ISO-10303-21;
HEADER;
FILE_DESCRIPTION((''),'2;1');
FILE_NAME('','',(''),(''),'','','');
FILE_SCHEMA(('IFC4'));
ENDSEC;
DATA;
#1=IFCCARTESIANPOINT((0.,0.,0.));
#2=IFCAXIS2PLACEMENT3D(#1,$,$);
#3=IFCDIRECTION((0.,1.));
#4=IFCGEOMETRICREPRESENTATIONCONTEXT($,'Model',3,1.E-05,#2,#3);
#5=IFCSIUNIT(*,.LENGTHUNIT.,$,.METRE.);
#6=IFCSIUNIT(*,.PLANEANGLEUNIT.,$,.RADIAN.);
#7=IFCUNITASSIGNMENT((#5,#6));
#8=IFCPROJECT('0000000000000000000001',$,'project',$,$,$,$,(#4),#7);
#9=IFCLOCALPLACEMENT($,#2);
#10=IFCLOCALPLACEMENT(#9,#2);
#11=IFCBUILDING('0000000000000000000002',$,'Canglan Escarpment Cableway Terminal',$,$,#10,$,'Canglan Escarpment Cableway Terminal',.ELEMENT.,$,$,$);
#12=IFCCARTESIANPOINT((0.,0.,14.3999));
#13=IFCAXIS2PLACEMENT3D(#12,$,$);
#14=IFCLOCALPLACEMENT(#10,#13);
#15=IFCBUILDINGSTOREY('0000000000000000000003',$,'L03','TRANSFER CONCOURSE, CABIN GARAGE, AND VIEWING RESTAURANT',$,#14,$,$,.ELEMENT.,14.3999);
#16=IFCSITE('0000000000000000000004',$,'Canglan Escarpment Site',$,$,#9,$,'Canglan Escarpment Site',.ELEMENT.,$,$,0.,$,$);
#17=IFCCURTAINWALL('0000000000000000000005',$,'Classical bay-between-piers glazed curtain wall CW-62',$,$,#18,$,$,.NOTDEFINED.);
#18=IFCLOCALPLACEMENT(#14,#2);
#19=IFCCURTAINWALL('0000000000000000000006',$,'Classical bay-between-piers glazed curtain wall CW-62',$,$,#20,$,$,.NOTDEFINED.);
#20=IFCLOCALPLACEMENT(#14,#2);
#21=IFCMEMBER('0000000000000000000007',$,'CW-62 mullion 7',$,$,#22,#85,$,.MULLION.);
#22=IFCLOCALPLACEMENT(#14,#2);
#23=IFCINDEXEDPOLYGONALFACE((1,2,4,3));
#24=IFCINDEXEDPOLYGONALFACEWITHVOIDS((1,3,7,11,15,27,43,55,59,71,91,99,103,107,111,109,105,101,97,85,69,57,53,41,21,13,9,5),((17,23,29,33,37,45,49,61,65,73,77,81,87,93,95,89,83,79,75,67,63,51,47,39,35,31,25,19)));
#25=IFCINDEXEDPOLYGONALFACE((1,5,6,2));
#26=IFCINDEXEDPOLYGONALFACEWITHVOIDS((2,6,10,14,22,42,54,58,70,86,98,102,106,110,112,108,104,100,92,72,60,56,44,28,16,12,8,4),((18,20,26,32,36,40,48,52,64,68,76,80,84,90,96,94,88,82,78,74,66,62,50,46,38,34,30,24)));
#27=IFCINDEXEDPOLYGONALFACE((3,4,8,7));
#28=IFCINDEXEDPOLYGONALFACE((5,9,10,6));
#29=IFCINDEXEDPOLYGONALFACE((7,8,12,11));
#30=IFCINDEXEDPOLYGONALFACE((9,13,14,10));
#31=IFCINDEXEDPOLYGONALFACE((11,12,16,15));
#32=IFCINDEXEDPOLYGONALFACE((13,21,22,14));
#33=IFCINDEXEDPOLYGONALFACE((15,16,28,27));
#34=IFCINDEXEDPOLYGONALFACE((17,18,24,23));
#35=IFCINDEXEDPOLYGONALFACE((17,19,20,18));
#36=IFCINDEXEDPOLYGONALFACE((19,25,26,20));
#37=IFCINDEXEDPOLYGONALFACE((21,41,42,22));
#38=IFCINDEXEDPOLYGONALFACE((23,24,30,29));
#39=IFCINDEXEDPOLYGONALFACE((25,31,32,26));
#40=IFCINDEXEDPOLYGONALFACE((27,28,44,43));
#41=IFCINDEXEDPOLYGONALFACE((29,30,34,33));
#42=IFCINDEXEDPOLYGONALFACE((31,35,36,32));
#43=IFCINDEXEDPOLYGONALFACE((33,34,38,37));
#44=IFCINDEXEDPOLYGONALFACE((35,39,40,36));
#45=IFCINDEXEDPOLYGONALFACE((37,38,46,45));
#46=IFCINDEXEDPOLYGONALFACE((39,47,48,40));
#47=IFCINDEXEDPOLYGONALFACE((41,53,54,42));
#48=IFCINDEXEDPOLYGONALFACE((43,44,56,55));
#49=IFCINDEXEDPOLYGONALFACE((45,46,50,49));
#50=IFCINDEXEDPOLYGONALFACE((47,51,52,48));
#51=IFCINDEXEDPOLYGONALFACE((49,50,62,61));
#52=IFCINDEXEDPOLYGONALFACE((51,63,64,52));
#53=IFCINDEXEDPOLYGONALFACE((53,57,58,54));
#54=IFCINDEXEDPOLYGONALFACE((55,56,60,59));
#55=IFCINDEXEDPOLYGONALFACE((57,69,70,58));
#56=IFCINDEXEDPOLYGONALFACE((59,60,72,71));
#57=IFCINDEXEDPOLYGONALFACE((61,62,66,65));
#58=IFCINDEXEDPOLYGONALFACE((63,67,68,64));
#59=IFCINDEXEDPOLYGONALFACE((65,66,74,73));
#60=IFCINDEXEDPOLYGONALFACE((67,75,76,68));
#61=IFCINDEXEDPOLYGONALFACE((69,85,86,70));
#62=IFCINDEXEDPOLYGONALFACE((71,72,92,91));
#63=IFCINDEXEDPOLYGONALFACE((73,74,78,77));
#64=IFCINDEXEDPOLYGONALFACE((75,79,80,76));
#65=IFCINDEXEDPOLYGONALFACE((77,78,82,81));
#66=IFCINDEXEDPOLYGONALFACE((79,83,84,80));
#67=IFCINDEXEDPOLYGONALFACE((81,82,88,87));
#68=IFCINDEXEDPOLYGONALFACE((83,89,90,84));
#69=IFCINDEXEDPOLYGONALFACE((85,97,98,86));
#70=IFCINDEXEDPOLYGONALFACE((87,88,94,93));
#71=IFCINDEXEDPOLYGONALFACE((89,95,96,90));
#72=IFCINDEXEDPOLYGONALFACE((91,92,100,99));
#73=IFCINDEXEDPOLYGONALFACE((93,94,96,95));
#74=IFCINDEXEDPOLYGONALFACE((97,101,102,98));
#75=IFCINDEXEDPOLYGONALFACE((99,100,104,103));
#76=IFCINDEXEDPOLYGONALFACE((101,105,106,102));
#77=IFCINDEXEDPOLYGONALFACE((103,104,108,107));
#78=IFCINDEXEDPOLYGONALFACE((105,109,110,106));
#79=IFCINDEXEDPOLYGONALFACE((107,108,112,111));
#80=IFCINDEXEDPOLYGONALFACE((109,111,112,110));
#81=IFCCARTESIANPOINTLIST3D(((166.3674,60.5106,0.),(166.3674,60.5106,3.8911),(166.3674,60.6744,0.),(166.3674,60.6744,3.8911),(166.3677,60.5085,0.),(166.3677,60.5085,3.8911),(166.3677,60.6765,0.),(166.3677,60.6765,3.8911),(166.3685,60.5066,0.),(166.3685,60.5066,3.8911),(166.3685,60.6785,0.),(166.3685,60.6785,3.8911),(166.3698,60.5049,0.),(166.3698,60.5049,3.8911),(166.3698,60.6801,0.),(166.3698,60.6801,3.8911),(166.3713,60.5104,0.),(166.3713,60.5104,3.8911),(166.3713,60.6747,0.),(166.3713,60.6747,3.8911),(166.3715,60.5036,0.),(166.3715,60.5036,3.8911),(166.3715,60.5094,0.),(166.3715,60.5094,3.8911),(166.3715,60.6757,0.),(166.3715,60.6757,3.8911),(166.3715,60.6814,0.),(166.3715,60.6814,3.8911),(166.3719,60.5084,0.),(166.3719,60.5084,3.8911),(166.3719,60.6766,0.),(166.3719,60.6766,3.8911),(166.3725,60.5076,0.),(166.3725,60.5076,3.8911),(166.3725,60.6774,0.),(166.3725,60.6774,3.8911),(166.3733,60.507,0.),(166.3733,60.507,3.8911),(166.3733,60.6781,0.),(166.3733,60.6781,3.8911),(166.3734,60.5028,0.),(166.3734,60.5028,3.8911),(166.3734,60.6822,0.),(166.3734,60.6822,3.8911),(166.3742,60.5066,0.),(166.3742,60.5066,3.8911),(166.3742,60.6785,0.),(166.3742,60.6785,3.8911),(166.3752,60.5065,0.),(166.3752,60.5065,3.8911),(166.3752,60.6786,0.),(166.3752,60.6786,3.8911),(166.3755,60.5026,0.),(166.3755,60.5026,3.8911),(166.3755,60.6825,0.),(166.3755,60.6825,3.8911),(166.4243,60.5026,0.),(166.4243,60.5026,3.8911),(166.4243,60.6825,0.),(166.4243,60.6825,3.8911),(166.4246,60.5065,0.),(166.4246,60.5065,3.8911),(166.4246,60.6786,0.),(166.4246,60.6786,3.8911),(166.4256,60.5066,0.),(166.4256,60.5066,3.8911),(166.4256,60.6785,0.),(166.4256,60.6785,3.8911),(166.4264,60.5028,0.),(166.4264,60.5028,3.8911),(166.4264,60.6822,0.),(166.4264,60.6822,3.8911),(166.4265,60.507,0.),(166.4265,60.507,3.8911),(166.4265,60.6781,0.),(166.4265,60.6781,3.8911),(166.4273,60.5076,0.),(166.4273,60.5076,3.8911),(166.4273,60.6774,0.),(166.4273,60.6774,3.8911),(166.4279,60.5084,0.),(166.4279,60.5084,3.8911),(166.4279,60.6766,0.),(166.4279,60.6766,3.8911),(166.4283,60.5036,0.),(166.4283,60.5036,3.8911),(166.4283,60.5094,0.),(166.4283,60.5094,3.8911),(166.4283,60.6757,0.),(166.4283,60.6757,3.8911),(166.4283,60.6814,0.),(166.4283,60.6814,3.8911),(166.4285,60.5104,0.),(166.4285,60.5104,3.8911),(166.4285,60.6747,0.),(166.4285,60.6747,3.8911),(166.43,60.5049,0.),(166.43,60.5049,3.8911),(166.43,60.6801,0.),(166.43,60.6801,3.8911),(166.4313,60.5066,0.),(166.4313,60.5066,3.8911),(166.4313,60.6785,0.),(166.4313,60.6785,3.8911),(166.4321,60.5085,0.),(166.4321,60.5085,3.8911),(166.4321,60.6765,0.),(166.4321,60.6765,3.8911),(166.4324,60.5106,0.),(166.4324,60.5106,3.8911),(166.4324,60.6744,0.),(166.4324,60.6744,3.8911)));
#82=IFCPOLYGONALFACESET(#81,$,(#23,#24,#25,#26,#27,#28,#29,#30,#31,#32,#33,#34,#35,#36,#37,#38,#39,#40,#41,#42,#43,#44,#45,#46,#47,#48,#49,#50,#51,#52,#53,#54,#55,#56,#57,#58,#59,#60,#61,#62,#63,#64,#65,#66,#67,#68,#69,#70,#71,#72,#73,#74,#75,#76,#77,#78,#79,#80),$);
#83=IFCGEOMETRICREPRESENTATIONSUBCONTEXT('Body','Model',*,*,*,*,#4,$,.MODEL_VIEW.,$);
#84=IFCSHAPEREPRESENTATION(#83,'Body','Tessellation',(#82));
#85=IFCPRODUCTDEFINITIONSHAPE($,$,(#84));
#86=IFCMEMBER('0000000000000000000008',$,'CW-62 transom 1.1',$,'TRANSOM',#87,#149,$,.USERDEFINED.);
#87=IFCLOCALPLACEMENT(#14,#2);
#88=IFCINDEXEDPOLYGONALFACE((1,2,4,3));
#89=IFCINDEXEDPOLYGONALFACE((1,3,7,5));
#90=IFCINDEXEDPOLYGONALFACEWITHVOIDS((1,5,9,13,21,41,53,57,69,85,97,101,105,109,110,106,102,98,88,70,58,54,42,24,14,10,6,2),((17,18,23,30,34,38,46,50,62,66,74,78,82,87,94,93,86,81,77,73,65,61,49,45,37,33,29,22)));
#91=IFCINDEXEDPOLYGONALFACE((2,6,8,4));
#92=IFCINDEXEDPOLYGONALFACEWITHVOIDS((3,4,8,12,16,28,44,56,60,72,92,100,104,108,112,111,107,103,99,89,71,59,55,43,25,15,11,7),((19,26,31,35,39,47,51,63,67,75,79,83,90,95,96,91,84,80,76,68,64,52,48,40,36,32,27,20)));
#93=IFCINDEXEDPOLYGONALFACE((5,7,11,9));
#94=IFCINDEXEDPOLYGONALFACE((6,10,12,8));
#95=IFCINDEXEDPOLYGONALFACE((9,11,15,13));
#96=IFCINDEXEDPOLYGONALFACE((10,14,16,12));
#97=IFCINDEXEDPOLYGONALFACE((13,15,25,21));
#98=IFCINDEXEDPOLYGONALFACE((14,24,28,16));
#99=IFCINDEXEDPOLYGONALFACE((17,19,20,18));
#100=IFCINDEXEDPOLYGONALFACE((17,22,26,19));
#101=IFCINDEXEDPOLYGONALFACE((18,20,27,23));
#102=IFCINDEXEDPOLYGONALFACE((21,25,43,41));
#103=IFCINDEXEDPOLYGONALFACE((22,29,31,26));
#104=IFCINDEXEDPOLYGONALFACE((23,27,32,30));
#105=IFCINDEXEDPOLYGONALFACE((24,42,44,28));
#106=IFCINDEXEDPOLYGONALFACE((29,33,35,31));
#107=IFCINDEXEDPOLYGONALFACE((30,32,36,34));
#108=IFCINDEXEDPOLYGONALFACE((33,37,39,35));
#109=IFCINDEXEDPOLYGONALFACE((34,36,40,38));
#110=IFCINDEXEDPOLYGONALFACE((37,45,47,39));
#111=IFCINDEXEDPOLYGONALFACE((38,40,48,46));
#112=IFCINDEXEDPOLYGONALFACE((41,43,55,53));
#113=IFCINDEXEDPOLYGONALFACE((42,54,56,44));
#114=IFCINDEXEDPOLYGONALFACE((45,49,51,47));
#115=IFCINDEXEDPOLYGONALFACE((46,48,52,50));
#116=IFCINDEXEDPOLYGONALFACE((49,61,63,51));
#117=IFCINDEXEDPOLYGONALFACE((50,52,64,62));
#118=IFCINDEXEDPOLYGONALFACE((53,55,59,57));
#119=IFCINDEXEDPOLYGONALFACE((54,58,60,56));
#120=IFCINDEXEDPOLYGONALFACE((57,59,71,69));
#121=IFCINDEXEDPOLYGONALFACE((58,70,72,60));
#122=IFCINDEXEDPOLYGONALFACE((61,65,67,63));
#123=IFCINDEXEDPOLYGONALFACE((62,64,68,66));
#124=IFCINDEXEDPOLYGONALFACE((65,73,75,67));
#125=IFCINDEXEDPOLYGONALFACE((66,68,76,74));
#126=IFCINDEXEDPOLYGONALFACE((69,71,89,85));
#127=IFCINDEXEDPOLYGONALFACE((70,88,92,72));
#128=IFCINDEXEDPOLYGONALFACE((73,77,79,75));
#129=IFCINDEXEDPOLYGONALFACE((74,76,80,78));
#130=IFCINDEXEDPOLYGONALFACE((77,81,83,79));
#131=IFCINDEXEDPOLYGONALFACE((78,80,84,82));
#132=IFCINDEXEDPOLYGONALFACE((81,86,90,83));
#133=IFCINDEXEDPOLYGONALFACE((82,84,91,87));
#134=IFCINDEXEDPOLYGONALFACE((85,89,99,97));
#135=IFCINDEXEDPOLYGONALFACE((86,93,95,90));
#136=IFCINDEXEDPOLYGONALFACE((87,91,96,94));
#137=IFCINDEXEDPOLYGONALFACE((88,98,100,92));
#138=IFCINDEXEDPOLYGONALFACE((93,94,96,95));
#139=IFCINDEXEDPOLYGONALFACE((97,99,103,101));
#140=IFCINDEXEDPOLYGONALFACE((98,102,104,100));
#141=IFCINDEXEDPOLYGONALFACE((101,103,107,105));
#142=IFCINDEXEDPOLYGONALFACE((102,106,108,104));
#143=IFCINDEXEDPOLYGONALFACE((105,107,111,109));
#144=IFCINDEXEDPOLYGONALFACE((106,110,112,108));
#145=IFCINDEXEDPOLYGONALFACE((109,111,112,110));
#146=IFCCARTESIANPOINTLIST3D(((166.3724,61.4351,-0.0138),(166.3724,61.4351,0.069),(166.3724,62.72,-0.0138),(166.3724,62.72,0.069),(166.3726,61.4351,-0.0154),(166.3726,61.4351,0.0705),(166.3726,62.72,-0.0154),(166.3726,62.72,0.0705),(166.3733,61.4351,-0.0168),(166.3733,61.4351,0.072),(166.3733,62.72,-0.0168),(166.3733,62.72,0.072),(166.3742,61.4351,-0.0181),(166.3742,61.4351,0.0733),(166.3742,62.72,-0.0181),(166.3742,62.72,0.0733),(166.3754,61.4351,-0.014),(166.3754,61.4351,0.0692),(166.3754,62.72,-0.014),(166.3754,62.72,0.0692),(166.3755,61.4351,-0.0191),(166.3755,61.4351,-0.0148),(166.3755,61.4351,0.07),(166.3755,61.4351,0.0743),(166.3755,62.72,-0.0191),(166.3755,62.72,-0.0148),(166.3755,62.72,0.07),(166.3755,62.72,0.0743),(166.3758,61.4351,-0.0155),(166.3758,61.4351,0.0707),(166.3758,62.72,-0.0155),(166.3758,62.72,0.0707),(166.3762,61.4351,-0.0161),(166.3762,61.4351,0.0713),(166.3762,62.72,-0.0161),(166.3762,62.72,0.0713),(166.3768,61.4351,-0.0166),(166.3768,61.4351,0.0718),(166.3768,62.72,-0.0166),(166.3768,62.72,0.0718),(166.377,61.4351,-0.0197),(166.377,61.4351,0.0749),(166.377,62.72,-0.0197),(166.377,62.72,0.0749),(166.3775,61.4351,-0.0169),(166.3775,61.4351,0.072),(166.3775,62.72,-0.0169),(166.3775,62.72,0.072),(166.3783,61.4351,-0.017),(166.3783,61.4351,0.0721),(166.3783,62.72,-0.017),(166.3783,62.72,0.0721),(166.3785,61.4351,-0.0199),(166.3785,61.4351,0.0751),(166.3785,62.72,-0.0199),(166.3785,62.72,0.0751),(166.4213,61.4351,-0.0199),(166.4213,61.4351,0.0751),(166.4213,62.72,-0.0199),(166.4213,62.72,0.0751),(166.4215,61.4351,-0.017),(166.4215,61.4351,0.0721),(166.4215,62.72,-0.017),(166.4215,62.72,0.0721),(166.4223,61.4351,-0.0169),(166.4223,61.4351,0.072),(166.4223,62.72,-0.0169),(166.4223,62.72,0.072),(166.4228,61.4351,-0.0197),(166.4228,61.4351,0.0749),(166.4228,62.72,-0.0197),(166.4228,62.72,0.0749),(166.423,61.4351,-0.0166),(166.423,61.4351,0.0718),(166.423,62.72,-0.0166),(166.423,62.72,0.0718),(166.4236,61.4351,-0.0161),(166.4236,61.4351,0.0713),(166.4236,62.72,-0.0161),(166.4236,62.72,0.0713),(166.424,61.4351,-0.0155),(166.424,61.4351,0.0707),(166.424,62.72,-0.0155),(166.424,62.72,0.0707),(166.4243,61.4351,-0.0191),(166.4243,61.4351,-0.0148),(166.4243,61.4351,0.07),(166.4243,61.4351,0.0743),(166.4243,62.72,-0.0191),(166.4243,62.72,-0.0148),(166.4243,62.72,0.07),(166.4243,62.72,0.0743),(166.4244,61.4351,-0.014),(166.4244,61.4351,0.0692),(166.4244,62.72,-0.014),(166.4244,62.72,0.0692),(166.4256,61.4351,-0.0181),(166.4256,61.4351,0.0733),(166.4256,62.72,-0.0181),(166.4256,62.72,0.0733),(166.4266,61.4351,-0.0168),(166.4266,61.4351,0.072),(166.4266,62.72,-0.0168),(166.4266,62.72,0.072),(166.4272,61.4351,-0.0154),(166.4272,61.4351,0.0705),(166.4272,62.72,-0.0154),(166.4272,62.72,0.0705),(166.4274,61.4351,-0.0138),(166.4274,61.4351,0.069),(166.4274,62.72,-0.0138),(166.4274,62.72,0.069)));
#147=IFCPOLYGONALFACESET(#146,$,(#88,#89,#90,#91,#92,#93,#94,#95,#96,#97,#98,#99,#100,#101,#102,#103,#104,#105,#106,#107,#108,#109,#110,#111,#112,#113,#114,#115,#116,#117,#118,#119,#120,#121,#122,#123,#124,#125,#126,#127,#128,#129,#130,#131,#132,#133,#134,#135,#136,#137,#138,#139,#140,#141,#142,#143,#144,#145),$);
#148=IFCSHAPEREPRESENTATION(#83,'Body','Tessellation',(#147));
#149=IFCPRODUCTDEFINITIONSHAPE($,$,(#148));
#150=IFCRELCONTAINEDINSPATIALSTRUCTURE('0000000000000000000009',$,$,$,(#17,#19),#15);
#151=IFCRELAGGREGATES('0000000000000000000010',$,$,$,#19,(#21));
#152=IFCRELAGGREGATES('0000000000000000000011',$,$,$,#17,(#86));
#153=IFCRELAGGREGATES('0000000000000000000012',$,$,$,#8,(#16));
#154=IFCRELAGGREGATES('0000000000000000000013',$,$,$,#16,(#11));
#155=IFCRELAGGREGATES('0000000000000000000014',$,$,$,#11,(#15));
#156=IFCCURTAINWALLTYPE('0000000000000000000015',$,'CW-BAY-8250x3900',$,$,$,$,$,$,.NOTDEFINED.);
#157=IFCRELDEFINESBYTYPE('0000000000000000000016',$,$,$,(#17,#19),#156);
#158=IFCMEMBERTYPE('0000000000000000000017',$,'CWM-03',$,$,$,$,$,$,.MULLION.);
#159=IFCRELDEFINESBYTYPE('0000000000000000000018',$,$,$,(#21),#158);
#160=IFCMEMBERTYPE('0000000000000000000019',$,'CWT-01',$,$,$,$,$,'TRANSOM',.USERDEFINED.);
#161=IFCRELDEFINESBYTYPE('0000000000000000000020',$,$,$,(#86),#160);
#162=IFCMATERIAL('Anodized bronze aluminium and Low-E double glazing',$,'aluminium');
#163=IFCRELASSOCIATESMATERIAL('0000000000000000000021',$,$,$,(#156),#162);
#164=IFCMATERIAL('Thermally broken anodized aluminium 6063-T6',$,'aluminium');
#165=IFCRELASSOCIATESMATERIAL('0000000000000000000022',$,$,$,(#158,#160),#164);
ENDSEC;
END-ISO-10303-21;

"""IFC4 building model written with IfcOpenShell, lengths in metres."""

from ifc_helpers import new_model, si_unit, direction, frame, origin, origin_2d, place, context, subcontext, project, spatial, hollow_rectangle, extrude, material, material_profile, profile_set, type_object, element, aggregate, save


model = new_model("IFC4")

# Units and contexts
model_context = context("Model", 3, precision=1e-05, world=origin(), true_north=direction((0.0, 1.0)))
body_context = subcontext(model_context, "Body", "Model", "MODEL_VIEW")
ifc_project = project(units=[si_unit("LENGTHUNIT", "METRE"), si_unit("PLANEANGLEUNIT", "RADIAN")], contexts=[model_context])

# Site, building, storey
site_placement = place(None, origin())
site = spatial("IfcSite", under=ifc_project, at=site_placement, Name="Canglan Escarpment Site", LongName="Canglan Escarpment Site", CompositionType="ELEMENT", RefElevation=0.0)
building_placement = place(site_placement, origin())
building = spatial("IfcBuilding", under=site, at=building_placement, Name="Canglan Escarpment Cableway Terminal", LongName="Canglan Escarpment Cableway Terminal", CompositionType="ELEMENT")
storey_placement = place(building_placement, frame((0.0, 0.0, 14.3999)))
storey = spatial("IfcBuildingStorey", under=building, at=storey_placement, Name="L03", Description="TRANSFER CONCOURSE, CABIN GARAGE, AND VIEWING RESTAURANT", CompositionType="ELEMENT", Elevation=14.3999)

# Curtain walls, member
ifc_material_1 = material(Name="Anodized bronze aluminium and Low-E double glazing", Category="aluminium")
curtain_wall_type = type_object("IfcCurtainWallType", Name="CW-BAY-8250x3900", PredefinedType="NOTDEFINED", material=ifc_material_1)
curtain_wall_1_placement = place(storey_placement, origin())
curtain_wall_1 = element("IfcCurtainWall", 1, at=curtain_wall_1_placement, inside=storey, type_object=curtain_wall_type, Name="Classical bay-between-piers glazed curtain wall CW-62", PredefinedType="NOTDEFINED")
ifc_material_2 = material(Name="Thermally broken anodized aluminium 6063-T6", Category="aluminium")
curtain_wall_2_placement = place(storey_placement, origin())
curtain_wall_2 = element("IfcCurtainWall", 2, at=curtain_wall_2_placement, inside=storey, type_object=curtain_wall_type, Name="Classical bay-between-piers glazed curtain wall CW-62", PredefinedType="NOTDEFINED")
ifc_material_profile_1 = material_profile(ifc_material_2, hollow_rectangle(XDim=0.0649, YDim=0.1799, WallThickness=0.0039, InnerFilletRadius=0.0039, OuterFilletRadius=0.0081, at=origin_2d()), Name="ALU-MULL 65x180x4")
ifc_profile_set_1 = profile_set([ifc_material_profile_1], Name="Thermally broken anodized aluminium 6063-T6")
member_type_1 = type_object("IfcMemberType", Name="CWM-03", PredefinedType="MULLION", material=ifc_profile_set_1)
member_1_placement = place(storey_placement, frame((166.3999, 60.5925, 0.0), z_axis=(0.0, 0.0, 1.0), x_axis=(-1.0, 0.0, 0.0)))
member_1 = element("IfcMember", 3, at=member_1_placement, type_object=member_type_1, Name="CW-62 mullion 7", PredefinedType="MULLION", context=body_context, shape_type="SweptSolid", body=[
    extrude(hollow_rectangle(XDim=0.0649, YDim=0.1799, WallThickness=0.0039, InnerFilletRadius=0.0039, OuterFilletRadius=0.0081, at=origin_2d()), origin(), (0.0, 0.0, 1.0), 3.8911),
])

# Member
ifc_material_profile_2 = material_profile(ifc_material_2, hollow_rectangle(XDim=0.0549, YDim=0.095, WallThickness=0.0029, InnerFilletRadius=0.0029, OuterFilletRadius=0.0061, at=origin_2d()), Name="ALU-TRAN 55x95x3")
ifc_profile_set_2 = profile_set([ifc_material_profile_2], Name="Thermally broken anodized aluminium 6063-T6")
member_type_2 = type_object("IfcMemberType", Name="CWT-01", ElementType="TRANSOM", PredefinedType="USERDEFINED", material=ifc_profile_set_2)
member_2_placement = place(storey_placement, frame((166.3999, 61.4351, 0.0276), z_axis=(0.0, 1.0, 0.0), x_axis=(-1.0, 0.0, 0.0)))
member_2 = element("IfcMember", 4, at=member_2_placement, type_object=member_type_2, Name="CW-62 transom 1.1", ObjectType="TRANSOM", PredefinedType="USERDEFINED", context=body_context, shape_type="SweptSolid", body=[
    extrude(hollow_rectangle(XDim=0.0549, YDim=0.095, WallThickness=0.0029, InnerFilletRadius=0.0029, OuterFilletRadius=0.0061, at=origin_2d()), origin(), (0.0, 0.0, 1.0), 1.2849),
])

aggregate(curtain_wall_2, [member_1])
aggregate(curtain_wall_1, [member_2])

save(model, "model.ifc")
